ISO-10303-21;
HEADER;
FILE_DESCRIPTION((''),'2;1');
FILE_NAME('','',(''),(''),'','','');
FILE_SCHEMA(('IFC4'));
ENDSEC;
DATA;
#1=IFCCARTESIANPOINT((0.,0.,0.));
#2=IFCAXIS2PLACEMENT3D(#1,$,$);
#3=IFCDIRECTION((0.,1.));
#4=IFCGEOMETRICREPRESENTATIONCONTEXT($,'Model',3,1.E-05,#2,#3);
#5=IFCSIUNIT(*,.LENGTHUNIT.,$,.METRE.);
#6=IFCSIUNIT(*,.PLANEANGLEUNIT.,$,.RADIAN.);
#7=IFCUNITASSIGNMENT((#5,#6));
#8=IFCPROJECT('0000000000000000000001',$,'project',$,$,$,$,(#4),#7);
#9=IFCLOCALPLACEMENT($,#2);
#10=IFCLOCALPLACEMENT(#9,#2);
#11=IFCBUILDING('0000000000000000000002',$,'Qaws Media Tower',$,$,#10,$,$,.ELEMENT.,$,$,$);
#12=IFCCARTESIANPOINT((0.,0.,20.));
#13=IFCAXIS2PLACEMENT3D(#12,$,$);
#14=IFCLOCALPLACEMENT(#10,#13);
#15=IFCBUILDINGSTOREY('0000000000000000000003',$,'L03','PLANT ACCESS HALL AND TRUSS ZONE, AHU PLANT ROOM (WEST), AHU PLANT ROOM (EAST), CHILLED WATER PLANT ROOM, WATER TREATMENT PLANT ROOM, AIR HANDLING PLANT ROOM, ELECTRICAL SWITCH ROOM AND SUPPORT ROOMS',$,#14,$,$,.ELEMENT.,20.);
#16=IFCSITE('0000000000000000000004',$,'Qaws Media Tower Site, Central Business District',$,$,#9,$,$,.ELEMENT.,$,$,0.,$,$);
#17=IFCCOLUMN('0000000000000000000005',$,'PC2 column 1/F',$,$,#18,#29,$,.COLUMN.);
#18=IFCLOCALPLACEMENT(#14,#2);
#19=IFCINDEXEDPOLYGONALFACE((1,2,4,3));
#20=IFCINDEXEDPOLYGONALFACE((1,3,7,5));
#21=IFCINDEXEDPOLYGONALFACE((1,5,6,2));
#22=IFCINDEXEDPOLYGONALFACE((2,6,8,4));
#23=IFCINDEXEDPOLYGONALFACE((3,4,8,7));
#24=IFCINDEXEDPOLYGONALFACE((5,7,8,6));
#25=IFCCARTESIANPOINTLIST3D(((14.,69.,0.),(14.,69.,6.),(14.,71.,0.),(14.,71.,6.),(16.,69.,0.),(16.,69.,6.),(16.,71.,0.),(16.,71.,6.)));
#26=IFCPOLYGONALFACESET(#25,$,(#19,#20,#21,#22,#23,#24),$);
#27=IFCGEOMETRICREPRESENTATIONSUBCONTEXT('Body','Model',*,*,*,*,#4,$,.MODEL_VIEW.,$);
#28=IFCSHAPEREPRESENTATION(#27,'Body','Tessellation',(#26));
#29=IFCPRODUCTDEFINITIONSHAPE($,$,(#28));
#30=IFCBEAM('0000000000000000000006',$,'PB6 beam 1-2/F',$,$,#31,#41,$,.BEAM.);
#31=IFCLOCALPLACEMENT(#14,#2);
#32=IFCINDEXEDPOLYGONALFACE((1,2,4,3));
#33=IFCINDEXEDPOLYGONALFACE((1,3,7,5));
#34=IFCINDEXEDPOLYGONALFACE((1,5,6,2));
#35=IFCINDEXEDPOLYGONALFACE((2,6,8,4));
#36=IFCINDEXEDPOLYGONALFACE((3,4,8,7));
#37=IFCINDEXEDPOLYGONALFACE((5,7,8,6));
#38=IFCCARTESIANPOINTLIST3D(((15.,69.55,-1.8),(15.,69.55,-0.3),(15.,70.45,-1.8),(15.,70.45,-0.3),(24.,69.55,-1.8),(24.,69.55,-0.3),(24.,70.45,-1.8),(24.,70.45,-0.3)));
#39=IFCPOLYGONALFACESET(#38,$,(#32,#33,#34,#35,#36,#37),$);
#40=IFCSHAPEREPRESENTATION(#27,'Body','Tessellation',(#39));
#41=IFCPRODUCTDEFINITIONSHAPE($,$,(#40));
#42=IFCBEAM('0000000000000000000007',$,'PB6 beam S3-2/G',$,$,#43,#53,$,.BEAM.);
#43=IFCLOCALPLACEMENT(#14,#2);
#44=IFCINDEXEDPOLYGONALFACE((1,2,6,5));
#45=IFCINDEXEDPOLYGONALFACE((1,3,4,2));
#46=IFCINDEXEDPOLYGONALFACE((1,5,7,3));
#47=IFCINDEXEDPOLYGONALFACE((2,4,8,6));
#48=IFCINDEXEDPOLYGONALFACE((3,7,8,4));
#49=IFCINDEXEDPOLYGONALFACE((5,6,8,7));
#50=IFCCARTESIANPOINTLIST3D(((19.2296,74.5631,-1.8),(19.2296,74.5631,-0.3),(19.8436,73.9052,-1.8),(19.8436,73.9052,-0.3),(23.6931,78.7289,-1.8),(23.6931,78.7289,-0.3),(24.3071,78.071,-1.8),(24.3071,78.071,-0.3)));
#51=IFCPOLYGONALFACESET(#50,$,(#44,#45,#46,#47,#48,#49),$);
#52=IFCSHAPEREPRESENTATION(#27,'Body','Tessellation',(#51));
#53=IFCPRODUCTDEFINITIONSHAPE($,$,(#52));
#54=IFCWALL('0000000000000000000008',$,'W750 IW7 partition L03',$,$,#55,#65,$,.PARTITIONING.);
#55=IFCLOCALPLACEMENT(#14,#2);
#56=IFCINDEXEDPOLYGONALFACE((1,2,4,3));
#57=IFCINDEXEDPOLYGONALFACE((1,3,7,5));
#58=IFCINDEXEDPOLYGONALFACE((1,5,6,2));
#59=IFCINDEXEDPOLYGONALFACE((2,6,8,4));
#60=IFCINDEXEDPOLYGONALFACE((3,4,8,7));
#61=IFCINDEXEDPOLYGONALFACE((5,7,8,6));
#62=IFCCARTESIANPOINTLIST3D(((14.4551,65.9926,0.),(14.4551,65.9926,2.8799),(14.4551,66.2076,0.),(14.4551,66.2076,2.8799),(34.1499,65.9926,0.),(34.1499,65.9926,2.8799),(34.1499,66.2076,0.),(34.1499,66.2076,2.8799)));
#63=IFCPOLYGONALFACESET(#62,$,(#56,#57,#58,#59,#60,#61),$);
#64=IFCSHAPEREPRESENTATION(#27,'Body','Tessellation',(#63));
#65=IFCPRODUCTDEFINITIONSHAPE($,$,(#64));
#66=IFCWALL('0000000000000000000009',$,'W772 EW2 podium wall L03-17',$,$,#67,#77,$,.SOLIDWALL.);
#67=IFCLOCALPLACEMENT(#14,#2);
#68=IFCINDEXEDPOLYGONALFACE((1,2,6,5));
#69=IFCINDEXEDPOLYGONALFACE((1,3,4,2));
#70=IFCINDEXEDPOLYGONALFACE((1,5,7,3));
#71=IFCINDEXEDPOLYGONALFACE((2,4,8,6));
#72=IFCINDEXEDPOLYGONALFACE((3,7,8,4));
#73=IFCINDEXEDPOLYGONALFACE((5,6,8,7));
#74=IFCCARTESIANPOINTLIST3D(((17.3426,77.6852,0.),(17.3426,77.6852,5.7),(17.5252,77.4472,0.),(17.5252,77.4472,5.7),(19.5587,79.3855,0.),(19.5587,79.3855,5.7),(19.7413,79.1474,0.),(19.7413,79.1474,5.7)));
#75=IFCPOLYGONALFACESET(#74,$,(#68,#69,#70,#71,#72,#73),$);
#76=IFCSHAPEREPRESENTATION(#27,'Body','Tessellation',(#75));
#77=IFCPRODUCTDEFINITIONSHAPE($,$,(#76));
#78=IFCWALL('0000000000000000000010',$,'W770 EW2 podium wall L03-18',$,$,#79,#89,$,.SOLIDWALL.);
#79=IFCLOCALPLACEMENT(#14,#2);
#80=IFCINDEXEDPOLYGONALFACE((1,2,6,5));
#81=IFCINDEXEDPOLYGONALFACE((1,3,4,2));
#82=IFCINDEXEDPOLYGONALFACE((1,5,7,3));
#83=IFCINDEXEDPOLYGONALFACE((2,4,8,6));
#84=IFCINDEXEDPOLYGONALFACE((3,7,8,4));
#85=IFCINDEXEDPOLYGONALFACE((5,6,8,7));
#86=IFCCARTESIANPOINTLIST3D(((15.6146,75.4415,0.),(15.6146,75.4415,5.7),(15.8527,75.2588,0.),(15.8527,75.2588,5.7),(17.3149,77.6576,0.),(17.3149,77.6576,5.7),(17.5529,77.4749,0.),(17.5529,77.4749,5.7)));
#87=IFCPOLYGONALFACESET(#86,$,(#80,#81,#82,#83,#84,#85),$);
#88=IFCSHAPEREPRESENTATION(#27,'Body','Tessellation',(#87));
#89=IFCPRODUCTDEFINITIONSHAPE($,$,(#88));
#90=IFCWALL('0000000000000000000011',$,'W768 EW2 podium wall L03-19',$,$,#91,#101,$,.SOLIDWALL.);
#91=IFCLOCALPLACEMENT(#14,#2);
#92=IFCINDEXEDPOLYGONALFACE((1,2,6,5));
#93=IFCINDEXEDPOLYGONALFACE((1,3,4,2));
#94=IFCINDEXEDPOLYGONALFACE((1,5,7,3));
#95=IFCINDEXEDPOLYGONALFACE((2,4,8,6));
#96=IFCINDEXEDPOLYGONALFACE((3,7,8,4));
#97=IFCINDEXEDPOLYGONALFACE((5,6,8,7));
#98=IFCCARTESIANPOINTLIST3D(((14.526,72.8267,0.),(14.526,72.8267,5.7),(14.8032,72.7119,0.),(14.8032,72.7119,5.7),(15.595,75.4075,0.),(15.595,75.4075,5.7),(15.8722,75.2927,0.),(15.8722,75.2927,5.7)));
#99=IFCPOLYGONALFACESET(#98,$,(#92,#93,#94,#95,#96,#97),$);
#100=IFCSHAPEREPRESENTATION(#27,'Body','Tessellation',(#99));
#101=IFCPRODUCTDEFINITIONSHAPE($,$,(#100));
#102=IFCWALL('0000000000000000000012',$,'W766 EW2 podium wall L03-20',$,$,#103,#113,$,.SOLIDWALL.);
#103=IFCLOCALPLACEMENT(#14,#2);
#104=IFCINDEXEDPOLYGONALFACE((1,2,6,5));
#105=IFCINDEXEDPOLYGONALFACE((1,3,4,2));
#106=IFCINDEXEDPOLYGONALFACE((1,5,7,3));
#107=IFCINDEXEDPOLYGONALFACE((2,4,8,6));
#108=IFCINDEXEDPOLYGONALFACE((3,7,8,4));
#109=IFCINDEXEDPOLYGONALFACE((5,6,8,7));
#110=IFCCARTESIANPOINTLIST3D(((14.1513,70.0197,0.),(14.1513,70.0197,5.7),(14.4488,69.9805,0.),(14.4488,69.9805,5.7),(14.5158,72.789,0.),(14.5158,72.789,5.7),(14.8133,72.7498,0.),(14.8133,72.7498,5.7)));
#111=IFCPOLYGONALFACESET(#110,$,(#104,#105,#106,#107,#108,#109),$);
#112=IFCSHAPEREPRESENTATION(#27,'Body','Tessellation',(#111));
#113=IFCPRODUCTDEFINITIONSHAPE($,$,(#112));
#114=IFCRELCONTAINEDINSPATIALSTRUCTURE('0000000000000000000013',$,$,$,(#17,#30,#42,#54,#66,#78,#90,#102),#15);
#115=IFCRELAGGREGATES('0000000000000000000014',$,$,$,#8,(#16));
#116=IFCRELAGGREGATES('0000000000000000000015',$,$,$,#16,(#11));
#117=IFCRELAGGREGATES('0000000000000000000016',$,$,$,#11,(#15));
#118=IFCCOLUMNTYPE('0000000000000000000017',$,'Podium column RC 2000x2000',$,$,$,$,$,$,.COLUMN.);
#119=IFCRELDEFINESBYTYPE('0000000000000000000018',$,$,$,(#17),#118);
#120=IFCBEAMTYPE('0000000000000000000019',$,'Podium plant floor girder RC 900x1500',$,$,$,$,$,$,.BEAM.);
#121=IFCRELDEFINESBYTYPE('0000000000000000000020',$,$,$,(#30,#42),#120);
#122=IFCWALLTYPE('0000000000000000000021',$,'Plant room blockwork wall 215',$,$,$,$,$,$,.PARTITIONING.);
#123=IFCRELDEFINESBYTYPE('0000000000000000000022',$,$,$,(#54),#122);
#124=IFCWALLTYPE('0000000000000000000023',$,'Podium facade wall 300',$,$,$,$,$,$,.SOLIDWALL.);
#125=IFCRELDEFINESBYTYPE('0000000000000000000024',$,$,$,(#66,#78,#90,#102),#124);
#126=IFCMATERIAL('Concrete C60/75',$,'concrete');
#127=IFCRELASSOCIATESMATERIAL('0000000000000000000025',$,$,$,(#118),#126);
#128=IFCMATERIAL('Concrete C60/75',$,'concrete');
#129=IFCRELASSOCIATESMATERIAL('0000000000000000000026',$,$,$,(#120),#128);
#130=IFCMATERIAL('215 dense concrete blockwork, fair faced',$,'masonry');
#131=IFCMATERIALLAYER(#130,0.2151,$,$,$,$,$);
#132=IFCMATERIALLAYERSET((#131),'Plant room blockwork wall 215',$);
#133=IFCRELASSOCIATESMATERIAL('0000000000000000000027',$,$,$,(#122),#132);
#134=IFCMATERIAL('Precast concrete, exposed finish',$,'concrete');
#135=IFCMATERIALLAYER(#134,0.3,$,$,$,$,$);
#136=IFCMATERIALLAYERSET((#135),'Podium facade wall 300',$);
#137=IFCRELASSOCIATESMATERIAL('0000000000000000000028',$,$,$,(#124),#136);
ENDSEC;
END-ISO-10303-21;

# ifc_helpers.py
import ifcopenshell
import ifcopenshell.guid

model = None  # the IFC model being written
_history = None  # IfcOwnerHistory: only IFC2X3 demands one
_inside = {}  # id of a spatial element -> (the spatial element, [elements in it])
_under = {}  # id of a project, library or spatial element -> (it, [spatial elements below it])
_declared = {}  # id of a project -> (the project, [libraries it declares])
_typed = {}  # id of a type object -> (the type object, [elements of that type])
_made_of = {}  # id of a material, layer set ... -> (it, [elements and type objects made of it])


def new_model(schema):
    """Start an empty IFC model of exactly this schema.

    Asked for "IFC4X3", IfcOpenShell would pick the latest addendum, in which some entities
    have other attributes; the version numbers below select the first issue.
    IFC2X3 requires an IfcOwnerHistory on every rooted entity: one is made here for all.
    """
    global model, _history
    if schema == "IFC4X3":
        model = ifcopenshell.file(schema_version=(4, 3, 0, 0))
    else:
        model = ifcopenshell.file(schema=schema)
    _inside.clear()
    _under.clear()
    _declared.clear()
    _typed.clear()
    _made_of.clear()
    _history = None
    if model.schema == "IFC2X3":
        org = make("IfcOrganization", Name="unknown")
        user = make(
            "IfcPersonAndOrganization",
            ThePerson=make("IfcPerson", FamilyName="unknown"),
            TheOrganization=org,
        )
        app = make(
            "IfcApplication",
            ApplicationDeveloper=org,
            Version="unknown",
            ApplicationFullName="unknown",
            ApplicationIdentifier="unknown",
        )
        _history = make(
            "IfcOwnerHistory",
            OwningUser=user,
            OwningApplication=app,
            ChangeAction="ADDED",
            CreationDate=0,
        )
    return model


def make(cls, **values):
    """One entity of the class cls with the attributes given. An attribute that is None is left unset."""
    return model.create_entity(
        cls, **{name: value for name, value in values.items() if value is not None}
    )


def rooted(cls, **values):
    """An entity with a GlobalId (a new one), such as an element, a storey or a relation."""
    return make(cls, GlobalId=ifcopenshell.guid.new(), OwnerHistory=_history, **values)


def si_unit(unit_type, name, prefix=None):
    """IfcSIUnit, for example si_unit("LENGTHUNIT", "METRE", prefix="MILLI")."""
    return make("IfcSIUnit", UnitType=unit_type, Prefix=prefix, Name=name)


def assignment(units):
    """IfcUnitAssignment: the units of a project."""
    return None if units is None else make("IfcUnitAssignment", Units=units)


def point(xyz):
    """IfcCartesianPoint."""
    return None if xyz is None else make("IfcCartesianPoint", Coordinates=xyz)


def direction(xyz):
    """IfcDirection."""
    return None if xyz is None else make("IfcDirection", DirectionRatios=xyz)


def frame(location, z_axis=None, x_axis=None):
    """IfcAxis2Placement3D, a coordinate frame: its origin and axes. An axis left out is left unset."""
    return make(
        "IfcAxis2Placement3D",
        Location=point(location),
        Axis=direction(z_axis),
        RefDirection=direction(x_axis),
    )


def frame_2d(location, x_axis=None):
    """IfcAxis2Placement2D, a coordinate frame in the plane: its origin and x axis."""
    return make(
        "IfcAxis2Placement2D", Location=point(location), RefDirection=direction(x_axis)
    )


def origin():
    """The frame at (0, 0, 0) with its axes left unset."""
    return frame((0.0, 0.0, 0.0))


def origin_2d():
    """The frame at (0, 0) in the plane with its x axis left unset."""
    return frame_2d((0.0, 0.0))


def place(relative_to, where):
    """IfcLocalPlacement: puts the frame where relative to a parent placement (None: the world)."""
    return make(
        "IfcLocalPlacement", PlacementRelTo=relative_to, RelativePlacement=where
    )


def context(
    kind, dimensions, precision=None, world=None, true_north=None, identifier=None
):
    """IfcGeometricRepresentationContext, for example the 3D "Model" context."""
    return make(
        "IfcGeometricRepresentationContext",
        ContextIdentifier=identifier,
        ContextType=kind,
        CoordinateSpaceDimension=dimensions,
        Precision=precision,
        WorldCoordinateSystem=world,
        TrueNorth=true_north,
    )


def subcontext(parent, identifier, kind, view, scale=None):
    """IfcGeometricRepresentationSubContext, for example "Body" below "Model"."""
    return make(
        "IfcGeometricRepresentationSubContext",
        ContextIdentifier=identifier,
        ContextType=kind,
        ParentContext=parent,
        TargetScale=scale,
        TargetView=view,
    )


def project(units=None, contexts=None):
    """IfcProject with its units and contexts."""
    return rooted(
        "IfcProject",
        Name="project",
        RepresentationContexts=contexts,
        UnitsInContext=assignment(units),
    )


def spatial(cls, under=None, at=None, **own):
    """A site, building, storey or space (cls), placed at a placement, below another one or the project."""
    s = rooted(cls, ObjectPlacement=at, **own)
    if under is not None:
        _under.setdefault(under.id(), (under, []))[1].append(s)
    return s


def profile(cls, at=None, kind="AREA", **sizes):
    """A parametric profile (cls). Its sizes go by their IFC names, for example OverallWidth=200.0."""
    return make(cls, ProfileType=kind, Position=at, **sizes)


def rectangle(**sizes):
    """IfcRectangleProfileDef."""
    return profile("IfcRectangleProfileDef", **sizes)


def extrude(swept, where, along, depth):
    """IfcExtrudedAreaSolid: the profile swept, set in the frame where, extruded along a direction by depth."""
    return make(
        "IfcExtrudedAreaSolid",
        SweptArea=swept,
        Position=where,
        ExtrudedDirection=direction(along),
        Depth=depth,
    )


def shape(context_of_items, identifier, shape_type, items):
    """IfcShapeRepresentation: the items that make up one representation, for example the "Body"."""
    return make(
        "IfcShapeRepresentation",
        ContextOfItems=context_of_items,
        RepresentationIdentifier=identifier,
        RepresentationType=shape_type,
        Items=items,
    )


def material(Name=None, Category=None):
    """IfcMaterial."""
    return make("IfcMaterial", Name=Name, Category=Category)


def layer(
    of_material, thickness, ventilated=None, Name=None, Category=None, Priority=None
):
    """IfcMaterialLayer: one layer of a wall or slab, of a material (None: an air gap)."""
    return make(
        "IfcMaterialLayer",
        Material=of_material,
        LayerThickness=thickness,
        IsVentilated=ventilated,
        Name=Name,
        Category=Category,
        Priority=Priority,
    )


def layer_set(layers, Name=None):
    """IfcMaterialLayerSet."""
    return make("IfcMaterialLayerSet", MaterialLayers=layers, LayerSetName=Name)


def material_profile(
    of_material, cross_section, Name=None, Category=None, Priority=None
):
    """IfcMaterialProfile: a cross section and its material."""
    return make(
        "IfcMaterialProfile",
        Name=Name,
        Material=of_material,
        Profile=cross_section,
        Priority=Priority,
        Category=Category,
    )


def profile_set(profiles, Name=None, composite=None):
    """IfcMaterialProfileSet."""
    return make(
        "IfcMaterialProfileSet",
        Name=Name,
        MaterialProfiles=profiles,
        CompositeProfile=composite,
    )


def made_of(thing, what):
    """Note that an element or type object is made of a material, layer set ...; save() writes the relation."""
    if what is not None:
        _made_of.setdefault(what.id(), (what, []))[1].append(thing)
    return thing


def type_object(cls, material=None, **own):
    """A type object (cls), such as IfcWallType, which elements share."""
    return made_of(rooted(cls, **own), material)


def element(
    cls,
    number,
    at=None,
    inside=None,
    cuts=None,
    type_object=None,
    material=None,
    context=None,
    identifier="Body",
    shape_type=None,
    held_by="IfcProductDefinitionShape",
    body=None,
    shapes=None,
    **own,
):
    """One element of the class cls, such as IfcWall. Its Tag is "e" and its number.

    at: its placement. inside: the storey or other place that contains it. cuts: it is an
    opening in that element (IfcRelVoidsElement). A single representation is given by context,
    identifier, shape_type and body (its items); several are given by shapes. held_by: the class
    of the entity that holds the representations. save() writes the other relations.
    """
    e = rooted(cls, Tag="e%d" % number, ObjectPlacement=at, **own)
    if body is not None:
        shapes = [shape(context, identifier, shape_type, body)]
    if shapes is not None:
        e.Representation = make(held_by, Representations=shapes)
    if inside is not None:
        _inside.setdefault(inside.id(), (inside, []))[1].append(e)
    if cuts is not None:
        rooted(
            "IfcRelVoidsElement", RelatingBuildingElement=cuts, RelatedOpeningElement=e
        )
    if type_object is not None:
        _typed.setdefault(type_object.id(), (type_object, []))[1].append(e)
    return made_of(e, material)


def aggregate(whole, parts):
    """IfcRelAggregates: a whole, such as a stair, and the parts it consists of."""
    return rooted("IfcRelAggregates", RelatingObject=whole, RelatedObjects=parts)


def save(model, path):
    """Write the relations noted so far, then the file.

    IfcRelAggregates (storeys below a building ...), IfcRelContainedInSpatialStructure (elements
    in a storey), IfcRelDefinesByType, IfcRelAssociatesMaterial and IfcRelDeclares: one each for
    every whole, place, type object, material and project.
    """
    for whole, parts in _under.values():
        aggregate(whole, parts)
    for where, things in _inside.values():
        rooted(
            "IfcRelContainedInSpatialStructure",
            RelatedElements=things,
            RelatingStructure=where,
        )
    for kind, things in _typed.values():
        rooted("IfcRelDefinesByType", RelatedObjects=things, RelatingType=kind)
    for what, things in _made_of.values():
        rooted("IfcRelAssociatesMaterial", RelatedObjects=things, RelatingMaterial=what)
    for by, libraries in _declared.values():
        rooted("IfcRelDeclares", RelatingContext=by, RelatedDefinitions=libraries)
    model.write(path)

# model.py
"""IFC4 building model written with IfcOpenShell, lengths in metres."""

from ifc_helpers import new_model, si_unit, direction, frame, frame_2d, origin, origin_2d, place, context, subcontext, project, spatial, rectangle, extrude, material, layer, layer_set, material_profile, profile_set, type_object, element, save


model = new_model("IFC4")

# Units and contexts
model_context = context("Model", 3, precision=1e-05, world=origin(), true_north=direction((0.0, 1.0)))
body_context = subcontext(model_context, "Body", "Model", "MODEL_VIEW")
ifc_project = project(units=[si_unit("LENGTHUNIT", "METRE"), si_unit("PLANEANGLEUNIT", "RADIAN")], contexts=[model_context])

# Site, building, storey
site_placement = place(None, origin())
site = spatial("IfcSite", under=ifc_project, at=site_placement, Name="Qaws Media Tower Site, Central Business District", CompositionType="ELEMENT", RefElevation=0.0)
building_placement = place(site_placement, origin())
building = spatial("IfcBuilding", under=site, at=building_placement, Name="Qaws Media Tower", CompositionType="ELEMENT")
storey_placement = place(building_placement, frame((0.0, 0.0, 20.0)))
storey = spatial("IfcBuildingStorey", under=building, at=storey_placement, Name="L03", Description="PLANT ACCESS HALL AND TRUSS ZONE, AHU PLANT ROOM (WEST), AHU PLANT ROOM (EAST), CHILLED WATER PLANT ROOM, WATER TREATMENT PLANT ROOM, AIR HANDLING PLANT ROOM, ELECTRICAL SWITCH ROOM AND SUPPORT ROOMS", CompositionType="ELEMENT", Elevation=20.0)

# Column
ifc_material_1 = material(Name="Concrete C60/75", Category="concrete")
ifc_material_profile_1 = material_profile(ifc_material_1, rectangle(XDim=2.0, YDim=2.0, at=origin_2d()), Name="RC 2000x2000")
ifc_profile_set_1 = profile_set([ifc_material_profile_1], Name="Concrete C60/75")
column_type = type_object("IfcColumnType", Name="Podium column RC 2000x2000", PredefinedType="COLUMN", material=ifc_profile_set_1)
column_placement = place(storey_placement, frame((15.0, 70.0, 0.0), z_axis=(0.0, 0.0, 1.0), x_axis=(1.0, 0.0, 0.0)))
element("IfcColumn", 1, at=column_placement, inside=storey, type_object=column_type, Name="PC2 column 1/F", PredefinedType="COLUMN", context=body_context, shape_type="SweptSolid", body=[
    extrude(rectangle(XDim=2.0, YDim=2.0, at=origin_2d()), origin(), (0.0, 0.0, 1.0), 6.0),
])

# Beams
ifc_material_2 = material(Name="Concrete C60/75", Category="concrete")
ifc_material_profile_2 = material_profile(ifc_material_2, rectangle(XDim=0.8999, YDim=1.5, at=origin_2d()), Name="RC 900x1500")
ifc_profile_set_2 = profile_set([ifc_material_profile_2], Name="Concrete C60/75")
beam_type = type_object("IfcBeamType", Name="Podium plant floor girder RC 900x1500", PredefinedType="BEAM", material=ifc_profile_set_2)
beam_1_placement = place(storey_placement, frame((15.0, 70.0, -1.05), z_axis=(1.0, 0.0, 0.0), x_axis=(0.0, 1.0, 0.0)))
element("IfcBeam", 2, at=beam_1_placement, inside=storey, type_object=beam_type, Name="PB6 beam 1-2/F", PredefinedType="BEAM", context=body_context, shape_type="SweptSolid", body=[
    extrude(rectangle(XDim=0.8999, YDim=1.5, at=origin_2d()), origin(), (0.0, 0.0, 1.0), 9.0),
])
beam_2_placement = place(storey_placement, frame((19.5366, 74.2341, -1.05), z_axis=(0.731059, 0.682314, 0.0), x_axis=(-0.682314, 0.731059, 0.0)))
element("IfcBeam", 3, at=beam_2_placement, inside=storey, type_object=beam_type, Name="PB6 beam S3-2/G", PredefinedType="BEAM", context=body_context, shape_type="SweptSolid", body=[
    extrude(rectangle(XDim=0.8999, YDim=1.5, at=origin_2d()), origin(), (0.0, 0.0, 1.0), 6.1055),
])

# Walls
ifc_material_3 = material(Name="215 dense concrete blockwork, fair faced", Category="masonry")
ifc_layer_1 = layer(ifc_material_3, 0.2151)
ifc_layer_set_1 = layer_set([ifc_layer_1], Name="Plant room blockwork wall 215")
wall_type_1 = type_object("IfcWallType", Name="Plant room blockwork wall 215", PredefinedType="PARTITIONING", material=ifc_layer_set_1)
wall_1_placement = place(storey_placement, frame((14.4551, 66.1001, 0.0), z_axis=(0.0, 0.0, 1.0), x_axis=(1.0, 0.0, 0.0)))
element("IfcWall", 4, at=wall_1_placement, inside=storey, type_object=wall_type_1, Name="W750 IW7 partition L03", PredefinedType="PARTITIONING", context=body_context, shape_type="SweptSolid", body=[
    extrude(rectangle(XDim=19.6948, YDim=0.2151, at=frame_2d((9.8474, 0.0))), origin(), (0.0, 0.0, 1.0), 2.8799),
])
ifc_material_4 = material(Name="Precast concrete, exposed finish", Category="concrete")
ifc_layer_2 = layer(ifc_material_4, 0.3)
ifc_layer_set_2 = layer_set([ifc_layer_2], Name="Podium facade wall 300")
wall_type_2 = type_object("IfcWallType", Name="Podium facade wall 300", PredefinedType="SOLIDWALL", material=ifc_layer_set_2)
for number, where, z_axis, x_axis, name in (
    (5, (19.6499, 79.2664, 0.0), (0.0, 0.0, 1.0), (-0.793397, -0.608705, 0.0), "W772 EW2 podium wall L03-17"),
    (6, (17.4338, 77.5662, 0.0), (0.0, 0.0, 1.0), (-0.608705, -0.793397, 0.0), "W770 EW2 podium wall L03-18"),
):
    element("IfcWall", number, at=place(storey_placement, frame(where, z_axis=z_axis, x_axis=x_axis)), inside=storey, type_object=wall_type_2, Name=name, PredefinedType="SOLIDWALL", context=body_context, shape_type="SweptSolid", body=[
        extrude(rectangle(XDim=2.7932, YDim=0.3, at=frame_2d((1.3965, 0.0))), origin(), (0.0, 0.0, 1.0), 5.7),
    ])
wall_2_placement = place(storey_placement, frame((15.7336, 75.3501, 0.0), z_axis=(0.0, 0.0, 1.0), x_axis=(-0.382709, -0.923869, 0.0)))
element("IfcWall", 7, at=wall_2_placement, inside=storey, type_object=wall_type_2, Name="W768 EW2 podium wall L03-19", PredefinedType="SOLIDWALL", context=body_context, shape_type="SweptSolid", body=[
    extrude(rectangle(XDim=2.7935, YDim=0.3, at=frame_2d((1.3967, 0.0))), origin(), (0.0, 0.0, 1.0), 5.7),
])
wall_3_placement = place(storey_placement, frame((14.6646, 72.7693, 0.0), z_axis=(0.0, 0.0, 1.0), x_axis=(-0.130497, -0.991449, 0.0)))
element("IfcWall", 8, at=wall_3_placement, inside=storey, type_object=wall_type_2, Name="W766 EW2 podium wall L03-20", PredefinedType="SOLIDWALL", context=body_context, shape_type="SweptSolid", body=[
    extrude(rectangle(XDim=2.7932, YDim=0.3, at=frame_2d((1.3965, 0.0))), origin(), (0.0, 0.0, 1.0), 5.7),
])

save(model, "model.ifc")
